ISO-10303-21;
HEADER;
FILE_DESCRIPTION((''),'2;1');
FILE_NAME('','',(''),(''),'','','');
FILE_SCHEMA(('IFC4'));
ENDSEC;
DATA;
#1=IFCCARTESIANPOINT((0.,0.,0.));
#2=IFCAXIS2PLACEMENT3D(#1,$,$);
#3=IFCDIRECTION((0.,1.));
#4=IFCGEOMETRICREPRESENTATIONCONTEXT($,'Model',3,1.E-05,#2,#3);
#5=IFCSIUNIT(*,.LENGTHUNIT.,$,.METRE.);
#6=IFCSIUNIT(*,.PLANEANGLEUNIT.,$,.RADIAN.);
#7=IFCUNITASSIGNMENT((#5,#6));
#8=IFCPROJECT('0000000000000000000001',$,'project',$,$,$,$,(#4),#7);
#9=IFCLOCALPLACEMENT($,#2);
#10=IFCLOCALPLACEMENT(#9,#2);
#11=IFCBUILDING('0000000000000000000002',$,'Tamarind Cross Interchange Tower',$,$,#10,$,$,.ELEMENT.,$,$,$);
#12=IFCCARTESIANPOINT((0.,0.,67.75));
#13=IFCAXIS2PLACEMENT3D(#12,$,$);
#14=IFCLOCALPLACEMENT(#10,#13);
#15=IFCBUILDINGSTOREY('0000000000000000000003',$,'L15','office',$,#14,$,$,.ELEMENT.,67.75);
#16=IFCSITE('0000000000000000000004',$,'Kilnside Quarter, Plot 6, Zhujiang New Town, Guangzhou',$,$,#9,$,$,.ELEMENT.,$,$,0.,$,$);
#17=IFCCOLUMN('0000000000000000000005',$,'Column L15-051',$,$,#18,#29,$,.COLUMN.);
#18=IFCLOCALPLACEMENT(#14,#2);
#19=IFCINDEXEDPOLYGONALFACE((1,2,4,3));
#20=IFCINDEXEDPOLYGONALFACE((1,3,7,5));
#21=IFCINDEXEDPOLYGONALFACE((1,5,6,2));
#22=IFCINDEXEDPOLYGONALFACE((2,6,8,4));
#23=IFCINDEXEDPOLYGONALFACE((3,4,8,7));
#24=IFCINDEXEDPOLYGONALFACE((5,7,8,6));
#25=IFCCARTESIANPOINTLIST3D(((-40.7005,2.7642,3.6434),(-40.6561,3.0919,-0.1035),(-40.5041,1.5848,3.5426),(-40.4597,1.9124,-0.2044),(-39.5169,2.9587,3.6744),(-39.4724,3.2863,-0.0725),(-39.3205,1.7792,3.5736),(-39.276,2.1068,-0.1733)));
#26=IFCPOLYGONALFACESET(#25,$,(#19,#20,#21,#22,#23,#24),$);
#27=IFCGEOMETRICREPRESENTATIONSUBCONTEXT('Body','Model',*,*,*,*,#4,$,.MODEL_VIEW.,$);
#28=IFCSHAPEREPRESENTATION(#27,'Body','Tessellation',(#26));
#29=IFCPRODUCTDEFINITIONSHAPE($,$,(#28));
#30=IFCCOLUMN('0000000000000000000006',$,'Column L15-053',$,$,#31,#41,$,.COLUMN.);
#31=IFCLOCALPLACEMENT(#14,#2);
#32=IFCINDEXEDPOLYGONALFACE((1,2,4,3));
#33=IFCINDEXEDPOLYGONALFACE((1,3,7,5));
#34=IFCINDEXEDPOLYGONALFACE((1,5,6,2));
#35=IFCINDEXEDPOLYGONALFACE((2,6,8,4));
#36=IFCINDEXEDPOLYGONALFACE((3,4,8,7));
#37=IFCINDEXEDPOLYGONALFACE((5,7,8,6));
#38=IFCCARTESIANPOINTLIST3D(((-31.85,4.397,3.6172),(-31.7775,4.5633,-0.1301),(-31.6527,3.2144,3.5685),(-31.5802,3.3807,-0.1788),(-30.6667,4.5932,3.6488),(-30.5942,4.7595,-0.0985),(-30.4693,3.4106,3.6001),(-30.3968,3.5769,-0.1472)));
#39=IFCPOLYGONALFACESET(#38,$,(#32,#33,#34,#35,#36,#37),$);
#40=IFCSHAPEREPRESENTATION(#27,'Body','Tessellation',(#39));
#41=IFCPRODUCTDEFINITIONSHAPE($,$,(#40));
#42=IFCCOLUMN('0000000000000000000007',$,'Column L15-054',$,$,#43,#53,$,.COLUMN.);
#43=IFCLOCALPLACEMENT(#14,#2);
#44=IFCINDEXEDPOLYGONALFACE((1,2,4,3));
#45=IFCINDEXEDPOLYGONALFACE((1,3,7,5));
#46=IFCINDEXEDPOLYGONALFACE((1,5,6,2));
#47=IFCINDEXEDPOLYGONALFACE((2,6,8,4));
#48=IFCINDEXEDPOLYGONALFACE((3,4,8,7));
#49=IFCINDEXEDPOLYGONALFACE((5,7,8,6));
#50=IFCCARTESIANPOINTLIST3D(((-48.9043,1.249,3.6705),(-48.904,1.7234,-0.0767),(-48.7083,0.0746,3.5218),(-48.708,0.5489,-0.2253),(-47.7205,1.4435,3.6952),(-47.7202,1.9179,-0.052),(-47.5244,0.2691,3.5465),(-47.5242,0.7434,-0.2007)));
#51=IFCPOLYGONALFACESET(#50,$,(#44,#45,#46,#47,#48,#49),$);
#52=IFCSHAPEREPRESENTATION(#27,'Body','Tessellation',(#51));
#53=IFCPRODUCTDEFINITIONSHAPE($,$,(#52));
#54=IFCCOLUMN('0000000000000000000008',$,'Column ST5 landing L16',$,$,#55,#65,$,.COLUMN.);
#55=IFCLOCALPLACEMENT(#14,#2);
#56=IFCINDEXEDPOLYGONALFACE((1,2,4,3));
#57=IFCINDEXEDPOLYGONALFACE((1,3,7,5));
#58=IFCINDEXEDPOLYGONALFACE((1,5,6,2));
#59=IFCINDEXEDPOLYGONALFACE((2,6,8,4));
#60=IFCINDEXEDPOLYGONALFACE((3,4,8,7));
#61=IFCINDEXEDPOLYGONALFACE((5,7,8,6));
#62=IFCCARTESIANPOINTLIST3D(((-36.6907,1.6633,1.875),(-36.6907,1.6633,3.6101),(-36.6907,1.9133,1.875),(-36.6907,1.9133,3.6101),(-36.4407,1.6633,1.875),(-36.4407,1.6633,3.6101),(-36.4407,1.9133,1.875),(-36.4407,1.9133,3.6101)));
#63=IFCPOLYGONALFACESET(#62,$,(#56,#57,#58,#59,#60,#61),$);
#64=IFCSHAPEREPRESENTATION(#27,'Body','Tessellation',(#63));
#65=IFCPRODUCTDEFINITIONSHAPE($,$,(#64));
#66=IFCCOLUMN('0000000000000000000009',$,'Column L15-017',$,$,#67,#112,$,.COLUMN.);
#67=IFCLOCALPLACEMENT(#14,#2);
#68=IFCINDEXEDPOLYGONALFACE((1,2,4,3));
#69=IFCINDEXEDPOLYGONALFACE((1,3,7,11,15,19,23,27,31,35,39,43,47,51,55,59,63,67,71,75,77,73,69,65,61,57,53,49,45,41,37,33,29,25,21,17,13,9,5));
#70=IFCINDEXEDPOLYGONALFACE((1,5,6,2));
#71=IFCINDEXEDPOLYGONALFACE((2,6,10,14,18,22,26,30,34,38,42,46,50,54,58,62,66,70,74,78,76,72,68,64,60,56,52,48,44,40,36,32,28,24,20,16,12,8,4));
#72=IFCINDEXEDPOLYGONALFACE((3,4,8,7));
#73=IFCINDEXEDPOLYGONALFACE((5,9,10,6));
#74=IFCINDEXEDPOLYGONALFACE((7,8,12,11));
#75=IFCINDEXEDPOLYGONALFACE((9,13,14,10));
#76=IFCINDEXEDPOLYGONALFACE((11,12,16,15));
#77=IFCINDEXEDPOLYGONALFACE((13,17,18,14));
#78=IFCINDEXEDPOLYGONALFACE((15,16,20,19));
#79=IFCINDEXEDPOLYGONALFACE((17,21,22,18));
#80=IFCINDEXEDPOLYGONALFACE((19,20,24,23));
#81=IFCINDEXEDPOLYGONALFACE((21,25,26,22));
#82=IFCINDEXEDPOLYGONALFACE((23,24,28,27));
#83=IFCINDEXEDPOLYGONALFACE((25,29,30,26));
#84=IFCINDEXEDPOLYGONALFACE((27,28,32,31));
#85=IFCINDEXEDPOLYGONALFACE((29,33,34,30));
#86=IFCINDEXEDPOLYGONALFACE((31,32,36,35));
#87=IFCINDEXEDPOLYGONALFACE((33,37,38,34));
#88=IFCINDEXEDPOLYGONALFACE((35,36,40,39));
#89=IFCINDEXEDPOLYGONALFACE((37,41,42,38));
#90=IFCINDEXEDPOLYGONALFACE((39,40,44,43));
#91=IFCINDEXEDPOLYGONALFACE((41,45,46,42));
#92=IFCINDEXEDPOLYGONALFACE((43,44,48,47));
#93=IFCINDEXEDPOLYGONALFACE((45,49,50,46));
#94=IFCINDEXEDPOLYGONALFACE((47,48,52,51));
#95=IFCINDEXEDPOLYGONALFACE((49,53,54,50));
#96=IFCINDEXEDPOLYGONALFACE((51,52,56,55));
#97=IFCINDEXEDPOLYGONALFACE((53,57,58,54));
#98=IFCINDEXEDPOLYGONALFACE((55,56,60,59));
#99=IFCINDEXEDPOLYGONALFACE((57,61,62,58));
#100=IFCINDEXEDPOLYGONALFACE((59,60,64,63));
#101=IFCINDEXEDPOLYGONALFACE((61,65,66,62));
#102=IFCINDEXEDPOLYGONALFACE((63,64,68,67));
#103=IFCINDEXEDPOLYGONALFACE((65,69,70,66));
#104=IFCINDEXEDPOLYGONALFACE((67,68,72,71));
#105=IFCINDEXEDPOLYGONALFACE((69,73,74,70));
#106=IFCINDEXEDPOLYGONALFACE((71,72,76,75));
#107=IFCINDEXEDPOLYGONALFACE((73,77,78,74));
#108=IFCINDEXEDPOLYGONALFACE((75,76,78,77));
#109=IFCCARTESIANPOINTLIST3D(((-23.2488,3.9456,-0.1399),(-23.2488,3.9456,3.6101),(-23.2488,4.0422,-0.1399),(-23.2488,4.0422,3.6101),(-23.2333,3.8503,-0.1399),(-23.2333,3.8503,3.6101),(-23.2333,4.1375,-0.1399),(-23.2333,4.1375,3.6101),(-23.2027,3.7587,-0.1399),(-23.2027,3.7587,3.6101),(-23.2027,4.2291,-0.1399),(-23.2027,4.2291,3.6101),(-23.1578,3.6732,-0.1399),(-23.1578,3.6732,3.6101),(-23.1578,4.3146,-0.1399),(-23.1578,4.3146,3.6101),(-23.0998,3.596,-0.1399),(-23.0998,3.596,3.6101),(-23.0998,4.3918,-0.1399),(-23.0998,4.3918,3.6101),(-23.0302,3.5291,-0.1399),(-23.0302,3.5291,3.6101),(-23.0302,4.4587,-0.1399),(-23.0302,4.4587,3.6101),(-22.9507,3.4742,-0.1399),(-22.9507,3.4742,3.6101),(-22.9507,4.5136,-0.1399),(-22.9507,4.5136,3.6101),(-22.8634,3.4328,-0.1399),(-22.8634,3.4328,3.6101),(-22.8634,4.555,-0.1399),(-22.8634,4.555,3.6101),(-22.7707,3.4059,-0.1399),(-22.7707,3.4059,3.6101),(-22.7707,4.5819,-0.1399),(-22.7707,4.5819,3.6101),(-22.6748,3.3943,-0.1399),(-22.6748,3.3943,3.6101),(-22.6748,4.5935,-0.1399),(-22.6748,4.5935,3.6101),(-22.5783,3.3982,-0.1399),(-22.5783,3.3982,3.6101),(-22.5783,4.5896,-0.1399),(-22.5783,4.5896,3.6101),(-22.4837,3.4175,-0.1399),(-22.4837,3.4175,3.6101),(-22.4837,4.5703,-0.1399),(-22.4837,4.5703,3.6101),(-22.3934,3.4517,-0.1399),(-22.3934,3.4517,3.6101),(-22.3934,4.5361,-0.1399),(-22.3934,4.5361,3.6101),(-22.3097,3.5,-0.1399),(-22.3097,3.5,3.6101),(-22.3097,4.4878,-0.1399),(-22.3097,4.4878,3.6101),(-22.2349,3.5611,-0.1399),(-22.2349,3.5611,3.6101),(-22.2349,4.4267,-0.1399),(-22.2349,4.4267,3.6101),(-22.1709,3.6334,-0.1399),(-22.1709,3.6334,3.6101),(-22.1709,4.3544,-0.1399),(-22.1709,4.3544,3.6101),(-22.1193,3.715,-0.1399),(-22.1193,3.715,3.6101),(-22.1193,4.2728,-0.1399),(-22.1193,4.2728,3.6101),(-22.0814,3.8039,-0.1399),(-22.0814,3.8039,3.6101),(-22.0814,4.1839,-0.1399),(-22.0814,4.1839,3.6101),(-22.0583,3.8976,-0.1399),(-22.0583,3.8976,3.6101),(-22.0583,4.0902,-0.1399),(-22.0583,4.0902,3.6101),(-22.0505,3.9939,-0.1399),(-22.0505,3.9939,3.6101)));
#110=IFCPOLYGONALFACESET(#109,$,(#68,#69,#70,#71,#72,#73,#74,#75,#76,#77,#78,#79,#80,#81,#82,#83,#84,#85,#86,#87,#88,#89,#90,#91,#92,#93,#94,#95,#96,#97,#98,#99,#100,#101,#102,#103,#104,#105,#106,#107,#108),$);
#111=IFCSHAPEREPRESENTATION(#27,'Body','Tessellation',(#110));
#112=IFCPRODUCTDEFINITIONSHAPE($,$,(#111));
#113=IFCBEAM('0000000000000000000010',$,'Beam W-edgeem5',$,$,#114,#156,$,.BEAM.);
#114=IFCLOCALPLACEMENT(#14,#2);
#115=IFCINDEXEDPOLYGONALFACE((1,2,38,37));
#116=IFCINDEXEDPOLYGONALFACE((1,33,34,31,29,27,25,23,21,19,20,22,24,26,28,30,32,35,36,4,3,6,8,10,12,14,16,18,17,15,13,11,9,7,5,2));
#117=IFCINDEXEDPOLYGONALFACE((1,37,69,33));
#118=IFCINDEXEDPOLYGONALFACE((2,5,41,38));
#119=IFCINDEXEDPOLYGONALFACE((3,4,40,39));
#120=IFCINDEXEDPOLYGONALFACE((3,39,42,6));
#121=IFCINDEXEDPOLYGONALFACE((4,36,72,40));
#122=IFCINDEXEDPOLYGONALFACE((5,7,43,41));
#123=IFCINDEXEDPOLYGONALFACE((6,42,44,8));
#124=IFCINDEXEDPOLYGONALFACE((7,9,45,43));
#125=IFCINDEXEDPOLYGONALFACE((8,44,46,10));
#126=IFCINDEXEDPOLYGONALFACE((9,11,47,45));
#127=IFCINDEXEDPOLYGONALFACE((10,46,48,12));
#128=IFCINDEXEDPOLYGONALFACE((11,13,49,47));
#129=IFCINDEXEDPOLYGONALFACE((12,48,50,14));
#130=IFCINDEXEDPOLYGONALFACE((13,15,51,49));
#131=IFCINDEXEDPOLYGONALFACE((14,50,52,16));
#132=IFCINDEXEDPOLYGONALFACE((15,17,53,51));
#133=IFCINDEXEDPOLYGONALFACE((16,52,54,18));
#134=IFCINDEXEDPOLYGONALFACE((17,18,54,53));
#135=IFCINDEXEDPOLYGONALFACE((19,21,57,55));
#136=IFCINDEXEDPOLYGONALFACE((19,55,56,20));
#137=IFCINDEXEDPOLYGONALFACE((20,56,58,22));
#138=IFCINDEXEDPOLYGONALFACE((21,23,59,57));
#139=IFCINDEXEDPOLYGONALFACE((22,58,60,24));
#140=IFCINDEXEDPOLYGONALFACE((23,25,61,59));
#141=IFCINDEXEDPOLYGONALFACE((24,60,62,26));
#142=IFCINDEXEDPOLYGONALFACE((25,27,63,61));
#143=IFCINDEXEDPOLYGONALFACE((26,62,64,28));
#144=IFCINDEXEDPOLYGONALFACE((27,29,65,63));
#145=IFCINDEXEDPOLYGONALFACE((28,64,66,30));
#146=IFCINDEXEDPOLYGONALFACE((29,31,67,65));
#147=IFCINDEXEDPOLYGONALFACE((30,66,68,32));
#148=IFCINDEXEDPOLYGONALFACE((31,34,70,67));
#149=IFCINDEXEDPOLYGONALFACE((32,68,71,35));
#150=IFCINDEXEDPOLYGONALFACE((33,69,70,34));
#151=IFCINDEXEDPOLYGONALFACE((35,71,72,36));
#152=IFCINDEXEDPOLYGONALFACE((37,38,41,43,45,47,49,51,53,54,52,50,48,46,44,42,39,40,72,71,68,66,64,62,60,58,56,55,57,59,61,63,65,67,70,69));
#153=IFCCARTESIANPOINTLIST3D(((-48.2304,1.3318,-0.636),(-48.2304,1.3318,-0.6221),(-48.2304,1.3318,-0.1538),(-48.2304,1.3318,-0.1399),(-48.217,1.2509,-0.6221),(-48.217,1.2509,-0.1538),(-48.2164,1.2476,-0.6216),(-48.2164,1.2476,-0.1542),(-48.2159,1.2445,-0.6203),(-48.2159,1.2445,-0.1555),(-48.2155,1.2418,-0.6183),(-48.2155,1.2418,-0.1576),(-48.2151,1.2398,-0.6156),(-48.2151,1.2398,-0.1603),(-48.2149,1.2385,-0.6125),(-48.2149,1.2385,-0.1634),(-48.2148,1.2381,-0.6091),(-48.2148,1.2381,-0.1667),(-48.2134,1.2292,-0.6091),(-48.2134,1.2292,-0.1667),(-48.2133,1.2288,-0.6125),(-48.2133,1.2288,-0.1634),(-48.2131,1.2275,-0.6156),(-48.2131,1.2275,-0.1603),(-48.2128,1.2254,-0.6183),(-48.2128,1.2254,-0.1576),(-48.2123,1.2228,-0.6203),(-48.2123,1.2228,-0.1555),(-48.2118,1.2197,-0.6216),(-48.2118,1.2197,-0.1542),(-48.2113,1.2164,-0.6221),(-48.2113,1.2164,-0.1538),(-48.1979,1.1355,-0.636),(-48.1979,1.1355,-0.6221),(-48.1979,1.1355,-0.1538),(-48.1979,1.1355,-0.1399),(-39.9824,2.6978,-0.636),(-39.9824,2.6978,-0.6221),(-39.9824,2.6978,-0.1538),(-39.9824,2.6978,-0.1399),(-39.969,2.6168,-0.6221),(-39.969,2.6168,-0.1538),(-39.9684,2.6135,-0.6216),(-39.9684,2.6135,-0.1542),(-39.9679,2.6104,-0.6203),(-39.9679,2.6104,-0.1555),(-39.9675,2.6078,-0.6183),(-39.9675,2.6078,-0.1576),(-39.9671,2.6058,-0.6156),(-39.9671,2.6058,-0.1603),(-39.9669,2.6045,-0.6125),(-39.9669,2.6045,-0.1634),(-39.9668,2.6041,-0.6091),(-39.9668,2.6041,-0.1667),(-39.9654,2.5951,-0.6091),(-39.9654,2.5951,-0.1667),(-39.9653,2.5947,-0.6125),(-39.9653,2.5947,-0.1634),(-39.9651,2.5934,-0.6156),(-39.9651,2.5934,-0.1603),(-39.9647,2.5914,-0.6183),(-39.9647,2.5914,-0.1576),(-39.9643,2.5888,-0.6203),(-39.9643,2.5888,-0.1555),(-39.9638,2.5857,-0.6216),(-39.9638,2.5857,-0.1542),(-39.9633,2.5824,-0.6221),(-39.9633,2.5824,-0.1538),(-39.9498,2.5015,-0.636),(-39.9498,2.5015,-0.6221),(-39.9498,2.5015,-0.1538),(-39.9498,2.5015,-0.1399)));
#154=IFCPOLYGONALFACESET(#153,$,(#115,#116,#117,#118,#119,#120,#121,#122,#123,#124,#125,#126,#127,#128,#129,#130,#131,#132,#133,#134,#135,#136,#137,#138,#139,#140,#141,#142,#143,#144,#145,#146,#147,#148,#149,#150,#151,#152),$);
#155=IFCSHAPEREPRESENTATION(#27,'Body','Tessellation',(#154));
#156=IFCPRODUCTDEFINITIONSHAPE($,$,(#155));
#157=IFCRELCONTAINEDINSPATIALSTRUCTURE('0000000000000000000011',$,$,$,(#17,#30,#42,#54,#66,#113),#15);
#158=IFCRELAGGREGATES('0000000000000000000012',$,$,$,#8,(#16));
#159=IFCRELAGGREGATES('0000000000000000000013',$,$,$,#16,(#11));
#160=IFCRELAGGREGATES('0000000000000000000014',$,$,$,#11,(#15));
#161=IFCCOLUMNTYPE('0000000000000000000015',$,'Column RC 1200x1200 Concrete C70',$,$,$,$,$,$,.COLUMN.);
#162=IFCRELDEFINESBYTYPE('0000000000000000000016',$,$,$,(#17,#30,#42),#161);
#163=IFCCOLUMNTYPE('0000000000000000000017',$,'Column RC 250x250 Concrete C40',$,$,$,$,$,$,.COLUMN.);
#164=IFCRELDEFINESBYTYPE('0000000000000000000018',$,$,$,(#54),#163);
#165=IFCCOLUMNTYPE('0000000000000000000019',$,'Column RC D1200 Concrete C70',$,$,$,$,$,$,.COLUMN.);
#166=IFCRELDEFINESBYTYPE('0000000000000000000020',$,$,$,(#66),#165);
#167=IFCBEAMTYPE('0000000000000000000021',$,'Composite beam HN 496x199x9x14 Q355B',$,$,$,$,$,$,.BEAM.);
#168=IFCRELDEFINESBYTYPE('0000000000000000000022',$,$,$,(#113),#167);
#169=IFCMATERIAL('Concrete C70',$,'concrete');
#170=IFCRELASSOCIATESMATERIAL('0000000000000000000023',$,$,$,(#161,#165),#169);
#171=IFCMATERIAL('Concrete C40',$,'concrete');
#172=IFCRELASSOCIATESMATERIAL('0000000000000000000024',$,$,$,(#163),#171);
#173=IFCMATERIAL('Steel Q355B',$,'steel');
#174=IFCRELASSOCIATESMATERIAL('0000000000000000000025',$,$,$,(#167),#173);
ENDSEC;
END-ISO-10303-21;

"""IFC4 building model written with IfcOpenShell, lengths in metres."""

from ifc_helpers import new_model, si_unit, direction, frame, origin, origin_2d, place, context, subcontext, project, spatial, rectangle, circle, i_section, extrude, material, material_profile, profile_set, type_object, element, save


model = new_model("IFC4")

# Units and contexts
model_context = context("Model", 3, precision=1e-05, world=origin(), true_north=direction((0.0, 1.0)))
body_context = subcontext(model_context, "Body", "Model", "MODEL_VIEW")
ifc_project = project(units=[si_unit("LENGTHUNIT", "METRE"), si_unit("PLANEANGLEUNIT", "RADIAN")], contexts=[model_context])

# Site, building, storey
site_placement = place(None, origin())
site = spatial("IfcSite", under=ifc_project, at=site_placement, Name="Kilnside Quarter, Plot 6, Zhujiang New Town, Guangzhou", CompositionType="ELEMENT", RefElevation=0.0)
building_placement = place(site_placement, origin())
building = spatial("IfcBuilding", under=site, at=building_placement, Name="Tamarind Cross Interchange Tower", CompositionType="ELEMENT")
storey_placement = place(building_placement, frame((0.0, 0.0, 67.75)))
storey = spatial("IfcBuildingStorey", under=building, at=storey_placement, Name="L15", Description="office", CompositionType="ELEMENT", Elevation=67.75)

# Columns
ifc_material_1 = material(Name="Concrete C70", Category="concrete")
ifc_material_profile_1 = material_profile(ifc_material_1, rectangle(XDim=1.2, YDim=1.2, at=origin_2d()), Name="RC 1200x1200")
ifc_profile_set_1 = profile_set([ifc_material_profile_1], Name="Concrete C70")
column_type_1 = type_object("IfcColumnType", Name="Column RC 1200x1200 Concrete C70", PredefinedType="COLUMN", material=ifc_profile_set_1)
column_1_placement = place(storey_placement, frame((-39.9661, 2.5994, -0.1384), z_axis=(-0.011813, -0.087105, 0.996129), x_axis=(0.986445, 0.162039, 0.025868)))
element("IfcColumn", 1, at=column_1_placement, inside=storey, type_object=column_type_1, Name="Column L15-051", PredefinedType="COLUMN", context=body_context, shape_type="SweptSolid", body=[
    extrude(rectangle(XDim=1.2, YDim=1.2, at=origin_2d()), origin(), (0.0, 0.0, 1.0), 3.7615),
])
column_2_placement = place(storey_placement, frame((-31.0872, 4.0701, -0.1387), z_axis=(-0.019327, -0.044316, 0.998831), x_axis=(0.986189, 0.163516, 0.026337)))
element("IfcColumn", 2, at=column_2_placement, inside=storey, type_object=column_type_1, Name="Column L15-053", PredefinedType="COLUMN", context=body_context, shape_type="SweptSolid", body=[
    extrude(rectangle(XDim=1.2, YDim=1.2, at=origin_2d()), origin(), (0.0, 0.0, 1.0), 3.7517),
])
column_3_placement = place(storey_placement, frame((-48.2141, 1.2334, -0.1387), z_axis=(-0.000065, -0.125586, 0.992083), x_axis=(0.986565, 0.162067, 0.02058)))
element("IfcColumn", 3, at=column_3_placement, inside=storey, type_object=column_type_1, Name="Column L15-054", PredefinedType="COLUMN", context=body_context, shape_type="SweptSolid", body=[
    extrude(rectangle(XDim=1.2, YDim=1.2, at=origin_2d()), origin(), (0.0, 0.0, 1.0), 3.7771),
])
ifc_material_2 = material(Name="Concrete C40", Category="concrete")
ifc_material_profile_2 = material_profile(ifc_material_2, rectangle(XDim=0.25, YDim=0.25, at=origin_2d()), Name="RC 250x250")
ifc_profile_set_2 = profile_set([ifc_material_profile_2], Name="Concrete C40")
column_type_2 = type_object("IfcColumnType", Name="Column RC 250x250 Concrete C40", PredefinedType="COLUMN", material=ifc_profile_set_2)
column_4_placement = place(storey_placement, frame((-36.5657, 1.7883, 1.875), z_axis=(0.0, 0.0, 1.0), x_axis=(1.0, 0.0, 0.0)))
element("IfcColumn", 4, at=column_4_placement, inside=storey, type_object=column_type_2, Name="Column ST5 landing L16", PredefinedType="COLUMN", context=body_context, shape_type="SweptSolid", body=[
    extrude(rectangle(XDim=0.25, YDim=0.25, at=origin_2d()), origin(), (0.0, 0.0, 1.0), 1.7351),
])
ifc_material_profile_3 = material_profile(ifc_material_1, circle(Radius=0.6001, at=origin_2d()), Name="RC D1200")
ifc_profile_set_3 = profile_set([ifc_material_profile_3], Name="Concrete C70")
column_type_3 = type_object("IfcColumnType", Name="Column RC D1200 Concrete C70", PredefinedType="COLUMN", material=ifc_profile_set_3)
column_5_placement = place(storey_placement, frame((-22.6506, 3.9939, -0.1399), z_axis=(0.0, 0.0, 1.0), x_axis=(1.0, 0.0, 0.0)))
element("IfcColumn", 5, at=column_5_placement, inside=storey, type_object=column_type_3, Name="Column L15-017", PredefinedType="COLUMN", context=body_context, shape_type="SweptSolid", body=[
    extrude(circle(Radius=0.6001, at=origin_2d()), origin(), (0.0, 0.0, 1.0), 3.75),
])

# Beam
ifc_material_3 = material(Name="Steel Q355B", Category="steel")
ifc_material_profile_4 = material_profile(ifc_material_3, i_section(OverallWidth=0.199, OverallDepth=0.4961, WebThickness=0.009, FlangeThickness=0.0139, FilletRadius=0.0129, at=origin_2d()), Name="HN 496x199x9x14")
ifc_profile_set_4 = profile_set([ifc_material_profile_4], Name="Steel Q355B")
beam_type_1 = type_object("IfcBeamType", Name="Composite beam HN 496x199x9x14 Q355B", PredefinedType="BEAM", material=ifc_profile_set_4)
beam_1_placement = place(storey_placement, frame((-48.2141, 1.2336, -0.3879), z_axis=(0.986562, 0.163386, 0.0), x_axis=(-0.163386, 0.986562, 0.0)))
element("IfcBeam", 6, at=beam_1_placement, inside=storey, type_object=beam_type_1, Name="Beam W-edgeem5", PredefinedType="BEAM", context=body_context, shape_type="SweptSolid", body=[
    extrude(i_section(OverallWidth=0.199, OverallDepth=0.4961, WebThickness=0.009, FlangeThickness=0.0139, FilletRadius=0.0129, at=origin_2d()), origin(), (0.0, 0.0, 1.0), 8.3604),
])

save(model, "model.ifc")
